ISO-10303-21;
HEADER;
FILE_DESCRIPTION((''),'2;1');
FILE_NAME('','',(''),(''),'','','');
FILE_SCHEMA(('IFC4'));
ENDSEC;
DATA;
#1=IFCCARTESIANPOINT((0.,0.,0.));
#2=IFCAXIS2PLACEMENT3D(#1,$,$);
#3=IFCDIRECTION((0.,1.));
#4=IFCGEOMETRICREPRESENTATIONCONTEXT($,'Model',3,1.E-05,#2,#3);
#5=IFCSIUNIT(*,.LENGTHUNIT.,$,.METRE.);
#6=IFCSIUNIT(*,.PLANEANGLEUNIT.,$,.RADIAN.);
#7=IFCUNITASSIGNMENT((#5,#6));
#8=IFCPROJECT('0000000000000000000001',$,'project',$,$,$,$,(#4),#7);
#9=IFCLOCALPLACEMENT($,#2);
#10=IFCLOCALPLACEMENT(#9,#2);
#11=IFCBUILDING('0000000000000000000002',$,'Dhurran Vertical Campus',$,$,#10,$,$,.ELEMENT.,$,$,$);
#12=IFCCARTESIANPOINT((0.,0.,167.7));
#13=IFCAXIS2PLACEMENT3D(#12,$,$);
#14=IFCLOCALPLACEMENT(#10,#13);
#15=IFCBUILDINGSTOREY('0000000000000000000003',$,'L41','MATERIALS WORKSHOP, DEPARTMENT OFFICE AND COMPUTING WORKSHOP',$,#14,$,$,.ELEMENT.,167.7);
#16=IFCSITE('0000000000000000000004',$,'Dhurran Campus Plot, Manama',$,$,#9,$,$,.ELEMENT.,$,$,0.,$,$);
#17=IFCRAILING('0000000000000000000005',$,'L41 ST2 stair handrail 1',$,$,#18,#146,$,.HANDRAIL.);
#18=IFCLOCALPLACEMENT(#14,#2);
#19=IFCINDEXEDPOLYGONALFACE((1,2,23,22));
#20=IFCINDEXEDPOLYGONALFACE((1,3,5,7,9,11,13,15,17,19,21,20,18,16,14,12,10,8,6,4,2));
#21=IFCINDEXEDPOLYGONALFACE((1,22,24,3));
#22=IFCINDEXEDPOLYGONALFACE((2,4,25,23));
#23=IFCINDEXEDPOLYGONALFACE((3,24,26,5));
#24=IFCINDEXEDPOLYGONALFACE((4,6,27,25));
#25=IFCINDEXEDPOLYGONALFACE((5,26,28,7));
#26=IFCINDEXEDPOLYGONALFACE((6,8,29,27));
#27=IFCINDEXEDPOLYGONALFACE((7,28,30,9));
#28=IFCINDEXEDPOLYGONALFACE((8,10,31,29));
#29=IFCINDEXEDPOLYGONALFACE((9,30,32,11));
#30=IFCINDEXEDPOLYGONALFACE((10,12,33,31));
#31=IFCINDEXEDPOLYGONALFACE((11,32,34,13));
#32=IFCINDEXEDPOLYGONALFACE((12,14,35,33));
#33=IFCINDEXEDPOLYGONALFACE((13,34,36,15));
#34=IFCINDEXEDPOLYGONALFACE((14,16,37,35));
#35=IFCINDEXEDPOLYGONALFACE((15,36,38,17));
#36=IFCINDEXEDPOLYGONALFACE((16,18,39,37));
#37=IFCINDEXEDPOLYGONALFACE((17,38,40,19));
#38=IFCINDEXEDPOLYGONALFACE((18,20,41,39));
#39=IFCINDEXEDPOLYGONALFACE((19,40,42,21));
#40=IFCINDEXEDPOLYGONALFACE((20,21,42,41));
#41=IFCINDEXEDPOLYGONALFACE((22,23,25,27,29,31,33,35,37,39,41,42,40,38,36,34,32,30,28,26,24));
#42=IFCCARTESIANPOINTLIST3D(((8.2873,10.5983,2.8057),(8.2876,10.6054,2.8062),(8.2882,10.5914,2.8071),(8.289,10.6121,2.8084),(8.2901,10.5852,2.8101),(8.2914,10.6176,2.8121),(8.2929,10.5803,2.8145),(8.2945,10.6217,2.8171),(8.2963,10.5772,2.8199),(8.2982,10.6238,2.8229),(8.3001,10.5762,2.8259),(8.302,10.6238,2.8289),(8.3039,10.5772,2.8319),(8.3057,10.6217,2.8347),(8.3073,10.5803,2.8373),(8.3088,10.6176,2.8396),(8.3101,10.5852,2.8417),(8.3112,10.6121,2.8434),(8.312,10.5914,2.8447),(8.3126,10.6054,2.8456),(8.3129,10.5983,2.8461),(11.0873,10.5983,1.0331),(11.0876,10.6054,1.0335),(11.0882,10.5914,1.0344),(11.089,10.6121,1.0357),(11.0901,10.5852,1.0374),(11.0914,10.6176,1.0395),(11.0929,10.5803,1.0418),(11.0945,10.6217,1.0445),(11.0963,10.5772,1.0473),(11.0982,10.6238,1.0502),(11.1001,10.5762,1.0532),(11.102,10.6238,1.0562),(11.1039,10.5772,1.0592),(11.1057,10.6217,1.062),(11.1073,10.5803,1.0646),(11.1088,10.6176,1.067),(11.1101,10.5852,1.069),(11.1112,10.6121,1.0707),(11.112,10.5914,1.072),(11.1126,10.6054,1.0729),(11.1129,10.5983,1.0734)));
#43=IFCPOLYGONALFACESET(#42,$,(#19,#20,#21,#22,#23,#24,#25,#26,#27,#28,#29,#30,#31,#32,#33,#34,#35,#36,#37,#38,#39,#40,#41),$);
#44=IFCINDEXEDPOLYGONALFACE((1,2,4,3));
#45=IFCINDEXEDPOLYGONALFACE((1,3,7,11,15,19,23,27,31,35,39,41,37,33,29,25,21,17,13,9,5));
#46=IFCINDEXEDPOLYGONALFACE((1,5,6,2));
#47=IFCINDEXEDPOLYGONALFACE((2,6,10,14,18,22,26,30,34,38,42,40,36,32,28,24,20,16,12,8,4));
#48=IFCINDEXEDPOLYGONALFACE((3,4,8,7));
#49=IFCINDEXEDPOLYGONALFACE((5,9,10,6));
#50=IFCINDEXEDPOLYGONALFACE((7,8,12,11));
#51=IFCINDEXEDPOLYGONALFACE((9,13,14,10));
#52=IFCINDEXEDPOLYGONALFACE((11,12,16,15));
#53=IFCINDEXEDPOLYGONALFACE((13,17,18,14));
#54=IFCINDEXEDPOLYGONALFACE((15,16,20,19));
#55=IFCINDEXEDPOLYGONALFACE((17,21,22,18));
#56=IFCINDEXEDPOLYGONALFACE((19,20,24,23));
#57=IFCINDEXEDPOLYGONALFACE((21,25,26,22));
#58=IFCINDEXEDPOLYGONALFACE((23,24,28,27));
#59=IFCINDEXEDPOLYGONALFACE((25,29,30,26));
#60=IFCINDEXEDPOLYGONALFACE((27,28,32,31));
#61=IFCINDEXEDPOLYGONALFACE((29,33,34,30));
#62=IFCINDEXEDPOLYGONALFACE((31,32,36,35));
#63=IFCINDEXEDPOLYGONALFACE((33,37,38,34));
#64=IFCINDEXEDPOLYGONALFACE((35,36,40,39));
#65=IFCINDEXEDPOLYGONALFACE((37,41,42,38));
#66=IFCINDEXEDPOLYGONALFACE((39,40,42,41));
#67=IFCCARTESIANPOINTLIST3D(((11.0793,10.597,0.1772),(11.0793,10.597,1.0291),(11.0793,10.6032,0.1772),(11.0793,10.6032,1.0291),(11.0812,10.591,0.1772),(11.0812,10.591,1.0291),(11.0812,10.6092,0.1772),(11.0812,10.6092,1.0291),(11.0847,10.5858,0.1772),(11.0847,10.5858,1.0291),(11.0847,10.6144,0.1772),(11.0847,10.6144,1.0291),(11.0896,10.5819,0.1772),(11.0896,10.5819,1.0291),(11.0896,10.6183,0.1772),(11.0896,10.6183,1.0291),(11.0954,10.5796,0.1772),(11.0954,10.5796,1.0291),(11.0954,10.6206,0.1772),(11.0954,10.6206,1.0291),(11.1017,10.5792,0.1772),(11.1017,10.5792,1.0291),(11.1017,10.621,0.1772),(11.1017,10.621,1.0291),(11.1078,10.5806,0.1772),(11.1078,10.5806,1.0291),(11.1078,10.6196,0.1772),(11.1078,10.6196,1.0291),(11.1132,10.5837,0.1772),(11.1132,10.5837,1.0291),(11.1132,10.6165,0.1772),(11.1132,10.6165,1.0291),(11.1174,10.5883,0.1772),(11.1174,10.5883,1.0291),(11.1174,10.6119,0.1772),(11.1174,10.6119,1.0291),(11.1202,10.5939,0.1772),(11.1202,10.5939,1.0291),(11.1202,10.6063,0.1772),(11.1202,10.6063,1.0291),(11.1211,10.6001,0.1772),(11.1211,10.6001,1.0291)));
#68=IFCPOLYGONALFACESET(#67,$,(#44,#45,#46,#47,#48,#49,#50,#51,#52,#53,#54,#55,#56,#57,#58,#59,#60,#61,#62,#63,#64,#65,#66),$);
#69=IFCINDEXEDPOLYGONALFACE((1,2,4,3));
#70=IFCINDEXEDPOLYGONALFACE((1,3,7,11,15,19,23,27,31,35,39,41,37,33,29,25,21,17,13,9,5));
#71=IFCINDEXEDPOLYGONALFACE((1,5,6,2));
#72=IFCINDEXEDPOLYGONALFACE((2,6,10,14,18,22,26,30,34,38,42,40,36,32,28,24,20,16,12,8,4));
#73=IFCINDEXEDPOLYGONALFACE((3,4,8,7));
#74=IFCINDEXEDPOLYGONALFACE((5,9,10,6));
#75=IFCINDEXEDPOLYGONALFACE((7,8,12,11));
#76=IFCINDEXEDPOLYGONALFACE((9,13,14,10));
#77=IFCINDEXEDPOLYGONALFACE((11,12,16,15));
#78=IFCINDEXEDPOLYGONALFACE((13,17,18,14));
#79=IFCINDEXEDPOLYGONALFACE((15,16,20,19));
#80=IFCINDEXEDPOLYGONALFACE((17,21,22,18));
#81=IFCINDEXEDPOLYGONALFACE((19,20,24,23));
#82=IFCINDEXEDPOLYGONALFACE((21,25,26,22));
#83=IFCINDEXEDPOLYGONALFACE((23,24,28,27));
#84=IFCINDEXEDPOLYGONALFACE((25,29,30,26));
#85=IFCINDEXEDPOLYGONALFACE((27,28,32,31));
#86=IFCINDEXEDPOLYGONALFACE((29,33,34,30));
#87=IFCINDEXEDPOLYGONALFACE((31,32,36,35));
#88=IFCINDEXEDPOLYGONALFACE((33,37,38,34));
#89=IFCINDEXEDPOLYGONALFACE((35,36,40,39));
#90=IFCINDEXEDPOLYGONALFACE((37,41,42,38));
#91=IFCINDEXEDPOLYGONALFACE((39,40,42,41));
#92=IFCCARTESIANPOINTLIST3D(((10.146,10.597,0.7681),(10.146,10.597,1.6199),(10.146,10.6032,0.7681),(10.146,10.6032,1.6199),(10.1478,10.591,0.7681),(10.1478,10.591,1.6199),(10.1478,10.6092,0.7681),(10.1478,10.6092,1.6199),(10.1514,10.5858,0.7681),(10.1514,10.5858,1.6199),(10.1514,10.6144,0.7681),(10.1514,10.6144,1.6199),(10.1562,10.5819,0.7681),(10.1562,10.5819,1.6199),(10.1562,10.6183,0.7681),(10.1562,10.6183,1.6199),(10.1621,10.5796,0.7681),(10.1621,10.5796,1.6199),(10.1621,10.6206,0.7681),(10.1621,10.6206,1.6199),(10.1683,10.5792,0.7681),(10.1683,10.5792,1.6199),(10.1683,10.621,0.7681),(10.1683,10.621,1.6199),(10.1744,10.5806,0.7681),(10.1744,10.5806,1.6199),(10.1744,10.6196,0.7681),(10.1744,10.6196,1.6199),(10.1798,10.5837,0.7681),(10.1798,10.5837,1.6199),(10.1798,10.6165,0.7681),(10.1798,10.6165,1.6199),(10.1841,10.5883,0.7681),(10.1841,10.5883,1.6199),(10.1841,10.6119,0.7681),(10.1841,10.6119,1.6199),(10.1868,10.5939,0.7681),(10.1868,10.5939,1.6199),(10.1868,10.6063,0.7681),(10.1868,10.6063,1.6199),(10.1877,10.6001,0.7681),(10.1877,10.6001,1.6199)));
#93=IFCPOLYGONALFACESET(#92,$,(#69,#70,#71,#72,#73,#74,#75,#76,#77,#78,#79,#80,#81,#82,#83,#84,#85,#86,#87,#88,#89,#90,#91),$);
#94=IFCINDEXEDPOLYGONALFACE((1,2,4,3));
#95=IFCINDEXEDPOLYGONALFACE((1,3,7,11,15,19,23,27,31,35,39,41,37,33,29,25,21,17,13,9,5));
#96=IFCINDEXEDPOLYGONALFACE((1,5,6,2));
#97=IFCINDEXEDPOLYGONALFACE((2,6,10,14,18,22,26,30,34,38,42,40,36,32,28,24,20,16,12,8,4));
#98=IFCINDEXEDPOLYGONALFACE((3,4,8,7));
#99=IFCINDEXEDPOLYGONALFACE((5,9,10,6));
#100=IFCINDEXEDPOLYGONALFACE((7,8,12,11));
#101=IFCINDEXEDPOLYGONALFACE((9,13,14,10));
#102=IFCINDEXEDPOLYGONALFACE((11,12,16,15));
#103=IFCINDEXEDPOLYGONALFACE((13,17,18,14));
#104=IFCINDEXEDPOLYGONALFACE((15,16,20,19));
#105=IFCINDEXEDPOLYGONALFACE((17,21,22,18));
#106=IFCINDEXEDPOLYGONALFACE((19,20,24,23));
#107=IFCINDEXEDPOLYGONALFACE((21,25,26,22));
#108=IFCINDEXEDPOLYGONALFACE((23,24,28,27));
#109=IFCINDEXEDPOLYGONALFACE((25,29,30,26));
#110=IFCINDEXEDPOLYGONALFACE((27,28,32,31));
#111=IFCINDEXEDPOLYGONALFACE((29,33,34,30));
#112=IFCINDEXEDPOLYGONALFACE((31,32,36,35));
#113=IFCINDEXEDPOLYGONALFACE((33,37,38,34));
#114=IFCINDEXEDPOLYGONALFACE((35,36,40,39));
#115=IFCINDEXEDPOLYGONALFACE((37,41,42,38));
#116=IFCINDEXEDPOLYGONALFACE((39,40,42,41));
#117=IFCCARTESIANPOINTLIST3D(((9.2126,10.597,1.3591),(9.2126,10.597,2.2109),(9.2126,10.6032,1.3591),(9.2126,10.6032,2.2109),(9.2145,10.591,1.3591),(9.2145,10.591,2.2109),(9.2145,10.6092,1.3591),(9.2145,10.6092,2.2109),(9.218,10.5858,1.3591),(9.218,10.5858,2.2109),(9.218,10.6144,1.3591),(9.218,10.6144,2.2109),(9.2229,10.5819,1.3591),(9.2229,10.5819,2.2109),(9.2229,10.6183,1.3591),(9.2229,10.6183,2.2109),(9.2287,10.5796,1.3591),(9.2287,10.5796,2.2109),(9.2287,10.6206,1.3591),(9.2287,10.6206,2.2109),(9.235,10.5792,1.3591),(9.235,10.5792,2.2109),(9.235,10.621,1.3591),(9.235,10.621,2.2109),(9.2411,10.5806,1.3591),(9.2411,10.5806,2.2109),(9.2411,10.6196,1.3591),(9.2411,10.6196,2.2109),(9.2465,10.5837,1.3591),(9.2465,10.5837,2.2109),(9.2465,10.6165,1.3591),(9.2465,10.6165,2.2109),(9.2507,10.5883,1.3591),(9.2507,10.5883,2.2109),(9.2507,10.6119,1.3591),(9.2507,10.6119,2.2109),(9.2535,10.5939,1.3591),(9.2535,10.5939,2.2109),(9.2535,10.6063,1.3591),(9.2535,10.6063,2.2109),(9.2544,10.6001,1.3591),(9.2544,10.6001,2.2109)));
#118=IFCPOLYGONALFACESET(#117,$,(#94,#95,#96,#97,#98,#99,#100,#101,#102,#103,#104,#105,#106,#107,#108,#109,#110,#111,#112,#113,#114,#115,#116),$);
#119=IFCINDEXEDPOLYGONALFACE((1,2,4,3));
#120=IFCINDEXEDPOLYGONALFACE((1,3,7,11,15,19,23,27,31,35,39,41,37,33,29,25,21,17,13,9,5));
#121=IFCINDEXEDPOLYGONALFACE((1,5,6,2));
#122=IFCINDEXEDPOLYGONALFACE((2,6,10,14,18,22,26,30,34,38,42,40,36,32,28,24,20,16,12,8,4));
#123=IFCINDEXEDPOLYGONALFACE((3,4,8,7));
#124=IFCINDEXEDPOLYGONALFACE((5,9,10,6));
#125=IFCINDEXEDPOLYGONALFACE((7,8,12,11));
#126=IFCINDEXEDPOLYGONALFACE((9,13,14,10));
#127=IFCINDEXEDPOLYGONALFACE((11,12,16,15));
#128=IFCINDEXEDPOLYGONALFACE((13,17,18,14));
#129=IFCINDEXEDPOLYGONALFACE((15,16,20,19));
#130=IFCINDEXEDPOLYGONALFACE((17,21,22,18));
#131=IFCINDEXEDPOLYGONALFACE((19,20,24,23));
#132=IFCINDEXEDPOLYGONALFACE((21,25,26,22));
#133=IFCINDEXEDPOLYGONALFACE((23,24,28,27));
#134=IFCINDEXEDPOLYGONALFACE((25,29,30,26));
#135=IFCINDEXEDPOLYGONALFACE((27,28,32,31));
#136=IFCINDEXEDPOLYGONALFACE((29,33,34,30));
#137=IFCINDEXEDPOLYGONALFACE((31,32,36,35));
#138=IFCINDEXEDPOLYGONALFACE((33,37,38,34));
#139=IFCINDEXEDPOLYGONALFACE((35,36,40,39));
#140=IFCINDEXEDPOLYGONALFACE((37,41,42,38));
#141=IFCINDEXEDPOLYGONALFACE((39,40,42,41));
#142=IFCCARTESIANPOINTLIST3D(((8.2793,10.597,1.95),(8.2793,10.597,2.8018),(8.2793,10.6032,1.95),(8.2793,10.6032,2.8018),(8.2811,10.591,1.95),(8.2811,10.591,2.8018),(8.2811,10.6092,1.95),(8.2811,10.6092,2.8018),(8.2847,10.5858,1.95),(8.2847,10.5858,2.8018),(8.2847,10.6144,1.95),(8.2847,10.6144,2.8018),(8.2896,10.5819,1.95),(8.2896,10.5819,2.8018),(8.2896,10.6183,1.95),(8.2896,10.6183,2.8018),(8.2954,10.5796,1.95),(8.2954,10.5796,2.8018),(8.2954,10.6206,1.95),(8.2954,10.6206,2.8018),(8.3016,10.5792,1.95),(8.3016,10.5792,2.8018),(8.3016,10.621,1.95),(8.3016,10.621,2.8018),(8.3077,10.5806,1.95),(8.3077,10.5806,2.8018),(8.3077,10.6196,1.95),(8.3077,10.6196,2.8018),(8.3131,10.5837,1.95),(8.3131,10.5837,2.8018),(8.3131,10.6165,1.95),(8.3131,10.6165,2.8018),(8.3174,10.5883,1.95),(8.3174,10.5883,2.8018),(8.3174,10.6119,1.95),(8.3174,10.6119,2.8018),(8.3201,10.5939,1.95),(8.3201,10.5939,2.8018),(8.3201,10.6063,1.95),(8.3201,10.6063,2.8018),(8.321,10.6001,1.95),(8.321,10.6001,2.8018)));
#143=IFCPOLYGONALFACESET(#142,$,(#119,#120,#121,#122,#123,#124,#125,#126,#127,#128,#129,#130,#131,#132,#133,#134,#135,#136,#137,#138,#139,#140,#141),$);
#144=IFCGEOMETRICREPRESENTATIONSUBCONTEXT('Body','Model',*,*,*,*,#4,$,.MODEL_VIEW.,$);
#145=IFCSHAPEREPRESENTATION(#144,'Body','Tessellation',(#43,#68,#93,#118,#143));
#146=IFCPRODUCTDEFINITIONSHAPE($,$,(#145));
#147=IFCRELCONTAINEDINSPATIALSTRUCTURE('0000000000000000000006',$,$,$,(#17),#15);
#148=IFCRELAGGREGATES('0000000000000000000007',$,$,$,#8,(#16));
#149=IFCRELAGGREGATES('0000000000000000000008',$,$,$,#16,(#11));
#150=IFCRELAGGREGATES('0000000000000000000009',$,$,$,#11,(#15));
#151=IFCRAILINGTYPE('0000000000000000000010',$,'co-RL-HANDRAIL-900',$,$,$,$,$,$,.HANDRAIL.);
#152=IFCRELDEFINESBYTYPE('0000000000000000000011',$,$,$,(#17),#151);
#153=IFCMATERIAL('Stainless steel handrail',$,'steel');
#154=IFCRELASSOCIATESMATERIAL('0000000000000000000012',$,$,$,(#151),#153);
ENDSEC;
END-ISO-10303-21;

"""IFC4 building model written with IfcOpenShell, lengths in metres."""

from ifc_helpers import new_model, si_unit, direction, frame, origin, origin_2d, place, context, subcontext, project, spatial, circle, extrude, material, type_object, element, save


model = new_model("IFC4")

# Units and contexts
model_context = context("Model", 3, precision=1e-05, world=origin(), true_north=direction((0.0, 1.0)))
body_context = subcontext(model_context, "Body", "Model", "MODEL_VIEW")
ifc_project = project(units=[si_unit("LENGTHUNIT", "METRE"), si_unit("PLANEANGLEUNIT", "RADIAN")], contexts=[model_context])

# Site, building, storey
site_placement = place(None, origin())
site = spatial("IfcSite", under=ifc_project, at=site_placement, Name="Dhurran Campus Plot, Manama", CompositionType="ELEMENT", RefElevation=0.0)
building_placement = place(site_placement, origin())
building = spatial("IfcBuilding", under=site, at=building_placement, Name="Dhurran Vertical Campus", CompositionType="ELEMENT")
storey_placement = place(building_placement, frame((0.0, 0.0, 167.7)))
storey = spatial("IfcBuildingStorey", under=building, at=storey_placement, Name="L41", Description="MATERIALS WORKSHOP, DEPARTMENT OFFICE AND COMPUTING WORKSHOP", CompositionType="ELEMENT", Elevation=167.7)

# Railing
ifc_material_1 = material(Name="Stainless steel handrail", Category="steel")
railing_type_1 = type_object("IfcRailingType", Name="co-RL-HANDRAIL-900", PredefinedType="HANDRAIL", material=ifc_material_1)
railing_1_placement = place(storey_placement, frame((11.1001, 10.6001, 0.1772)))
element("IfcRailing", 1, at=railing_1_placement, inside=storey, type_object=railing_type_1, Name="L41 ST2 stair handrail 1", PredefinedType="HANDRAIL", context=body_context, shape_type="SweptSolid", body=[
    extrude(circle(Radius=0.0239, at=origin_2d()), frame((0.0, 0.0, 0.876), z_axis=(-0.844909, 0.0, 0.53491), x_axis=(0.0, -1.0, 0.0)), (0.0, 0.0, 1.0), 3.314),
    extrude(circle(Radius=0.021, at=origin_2d()), origin(), (0.0, 0.0, 1.0), 0.8518),
    extrude(circle(Radius=0.021, at=origin_2d()), frame((-0.9333, 0.0, 0.5908)), (0.0, 0.0, 1.0), 0.8518),
    extrude(circle(Radius=0.021, at=origin_2d()), frame((-1.8667, 0.0, 1.1819)), (0.0, 0.0, 1.0), 0.8518),
    extrude(circle(Radius=0.021, at=origin_2d()), frame((-2.8, 0.0, 1.7727)), (0.0, 0.0, 1.0), 0.8518),
])

save(model, "model.ifc")
